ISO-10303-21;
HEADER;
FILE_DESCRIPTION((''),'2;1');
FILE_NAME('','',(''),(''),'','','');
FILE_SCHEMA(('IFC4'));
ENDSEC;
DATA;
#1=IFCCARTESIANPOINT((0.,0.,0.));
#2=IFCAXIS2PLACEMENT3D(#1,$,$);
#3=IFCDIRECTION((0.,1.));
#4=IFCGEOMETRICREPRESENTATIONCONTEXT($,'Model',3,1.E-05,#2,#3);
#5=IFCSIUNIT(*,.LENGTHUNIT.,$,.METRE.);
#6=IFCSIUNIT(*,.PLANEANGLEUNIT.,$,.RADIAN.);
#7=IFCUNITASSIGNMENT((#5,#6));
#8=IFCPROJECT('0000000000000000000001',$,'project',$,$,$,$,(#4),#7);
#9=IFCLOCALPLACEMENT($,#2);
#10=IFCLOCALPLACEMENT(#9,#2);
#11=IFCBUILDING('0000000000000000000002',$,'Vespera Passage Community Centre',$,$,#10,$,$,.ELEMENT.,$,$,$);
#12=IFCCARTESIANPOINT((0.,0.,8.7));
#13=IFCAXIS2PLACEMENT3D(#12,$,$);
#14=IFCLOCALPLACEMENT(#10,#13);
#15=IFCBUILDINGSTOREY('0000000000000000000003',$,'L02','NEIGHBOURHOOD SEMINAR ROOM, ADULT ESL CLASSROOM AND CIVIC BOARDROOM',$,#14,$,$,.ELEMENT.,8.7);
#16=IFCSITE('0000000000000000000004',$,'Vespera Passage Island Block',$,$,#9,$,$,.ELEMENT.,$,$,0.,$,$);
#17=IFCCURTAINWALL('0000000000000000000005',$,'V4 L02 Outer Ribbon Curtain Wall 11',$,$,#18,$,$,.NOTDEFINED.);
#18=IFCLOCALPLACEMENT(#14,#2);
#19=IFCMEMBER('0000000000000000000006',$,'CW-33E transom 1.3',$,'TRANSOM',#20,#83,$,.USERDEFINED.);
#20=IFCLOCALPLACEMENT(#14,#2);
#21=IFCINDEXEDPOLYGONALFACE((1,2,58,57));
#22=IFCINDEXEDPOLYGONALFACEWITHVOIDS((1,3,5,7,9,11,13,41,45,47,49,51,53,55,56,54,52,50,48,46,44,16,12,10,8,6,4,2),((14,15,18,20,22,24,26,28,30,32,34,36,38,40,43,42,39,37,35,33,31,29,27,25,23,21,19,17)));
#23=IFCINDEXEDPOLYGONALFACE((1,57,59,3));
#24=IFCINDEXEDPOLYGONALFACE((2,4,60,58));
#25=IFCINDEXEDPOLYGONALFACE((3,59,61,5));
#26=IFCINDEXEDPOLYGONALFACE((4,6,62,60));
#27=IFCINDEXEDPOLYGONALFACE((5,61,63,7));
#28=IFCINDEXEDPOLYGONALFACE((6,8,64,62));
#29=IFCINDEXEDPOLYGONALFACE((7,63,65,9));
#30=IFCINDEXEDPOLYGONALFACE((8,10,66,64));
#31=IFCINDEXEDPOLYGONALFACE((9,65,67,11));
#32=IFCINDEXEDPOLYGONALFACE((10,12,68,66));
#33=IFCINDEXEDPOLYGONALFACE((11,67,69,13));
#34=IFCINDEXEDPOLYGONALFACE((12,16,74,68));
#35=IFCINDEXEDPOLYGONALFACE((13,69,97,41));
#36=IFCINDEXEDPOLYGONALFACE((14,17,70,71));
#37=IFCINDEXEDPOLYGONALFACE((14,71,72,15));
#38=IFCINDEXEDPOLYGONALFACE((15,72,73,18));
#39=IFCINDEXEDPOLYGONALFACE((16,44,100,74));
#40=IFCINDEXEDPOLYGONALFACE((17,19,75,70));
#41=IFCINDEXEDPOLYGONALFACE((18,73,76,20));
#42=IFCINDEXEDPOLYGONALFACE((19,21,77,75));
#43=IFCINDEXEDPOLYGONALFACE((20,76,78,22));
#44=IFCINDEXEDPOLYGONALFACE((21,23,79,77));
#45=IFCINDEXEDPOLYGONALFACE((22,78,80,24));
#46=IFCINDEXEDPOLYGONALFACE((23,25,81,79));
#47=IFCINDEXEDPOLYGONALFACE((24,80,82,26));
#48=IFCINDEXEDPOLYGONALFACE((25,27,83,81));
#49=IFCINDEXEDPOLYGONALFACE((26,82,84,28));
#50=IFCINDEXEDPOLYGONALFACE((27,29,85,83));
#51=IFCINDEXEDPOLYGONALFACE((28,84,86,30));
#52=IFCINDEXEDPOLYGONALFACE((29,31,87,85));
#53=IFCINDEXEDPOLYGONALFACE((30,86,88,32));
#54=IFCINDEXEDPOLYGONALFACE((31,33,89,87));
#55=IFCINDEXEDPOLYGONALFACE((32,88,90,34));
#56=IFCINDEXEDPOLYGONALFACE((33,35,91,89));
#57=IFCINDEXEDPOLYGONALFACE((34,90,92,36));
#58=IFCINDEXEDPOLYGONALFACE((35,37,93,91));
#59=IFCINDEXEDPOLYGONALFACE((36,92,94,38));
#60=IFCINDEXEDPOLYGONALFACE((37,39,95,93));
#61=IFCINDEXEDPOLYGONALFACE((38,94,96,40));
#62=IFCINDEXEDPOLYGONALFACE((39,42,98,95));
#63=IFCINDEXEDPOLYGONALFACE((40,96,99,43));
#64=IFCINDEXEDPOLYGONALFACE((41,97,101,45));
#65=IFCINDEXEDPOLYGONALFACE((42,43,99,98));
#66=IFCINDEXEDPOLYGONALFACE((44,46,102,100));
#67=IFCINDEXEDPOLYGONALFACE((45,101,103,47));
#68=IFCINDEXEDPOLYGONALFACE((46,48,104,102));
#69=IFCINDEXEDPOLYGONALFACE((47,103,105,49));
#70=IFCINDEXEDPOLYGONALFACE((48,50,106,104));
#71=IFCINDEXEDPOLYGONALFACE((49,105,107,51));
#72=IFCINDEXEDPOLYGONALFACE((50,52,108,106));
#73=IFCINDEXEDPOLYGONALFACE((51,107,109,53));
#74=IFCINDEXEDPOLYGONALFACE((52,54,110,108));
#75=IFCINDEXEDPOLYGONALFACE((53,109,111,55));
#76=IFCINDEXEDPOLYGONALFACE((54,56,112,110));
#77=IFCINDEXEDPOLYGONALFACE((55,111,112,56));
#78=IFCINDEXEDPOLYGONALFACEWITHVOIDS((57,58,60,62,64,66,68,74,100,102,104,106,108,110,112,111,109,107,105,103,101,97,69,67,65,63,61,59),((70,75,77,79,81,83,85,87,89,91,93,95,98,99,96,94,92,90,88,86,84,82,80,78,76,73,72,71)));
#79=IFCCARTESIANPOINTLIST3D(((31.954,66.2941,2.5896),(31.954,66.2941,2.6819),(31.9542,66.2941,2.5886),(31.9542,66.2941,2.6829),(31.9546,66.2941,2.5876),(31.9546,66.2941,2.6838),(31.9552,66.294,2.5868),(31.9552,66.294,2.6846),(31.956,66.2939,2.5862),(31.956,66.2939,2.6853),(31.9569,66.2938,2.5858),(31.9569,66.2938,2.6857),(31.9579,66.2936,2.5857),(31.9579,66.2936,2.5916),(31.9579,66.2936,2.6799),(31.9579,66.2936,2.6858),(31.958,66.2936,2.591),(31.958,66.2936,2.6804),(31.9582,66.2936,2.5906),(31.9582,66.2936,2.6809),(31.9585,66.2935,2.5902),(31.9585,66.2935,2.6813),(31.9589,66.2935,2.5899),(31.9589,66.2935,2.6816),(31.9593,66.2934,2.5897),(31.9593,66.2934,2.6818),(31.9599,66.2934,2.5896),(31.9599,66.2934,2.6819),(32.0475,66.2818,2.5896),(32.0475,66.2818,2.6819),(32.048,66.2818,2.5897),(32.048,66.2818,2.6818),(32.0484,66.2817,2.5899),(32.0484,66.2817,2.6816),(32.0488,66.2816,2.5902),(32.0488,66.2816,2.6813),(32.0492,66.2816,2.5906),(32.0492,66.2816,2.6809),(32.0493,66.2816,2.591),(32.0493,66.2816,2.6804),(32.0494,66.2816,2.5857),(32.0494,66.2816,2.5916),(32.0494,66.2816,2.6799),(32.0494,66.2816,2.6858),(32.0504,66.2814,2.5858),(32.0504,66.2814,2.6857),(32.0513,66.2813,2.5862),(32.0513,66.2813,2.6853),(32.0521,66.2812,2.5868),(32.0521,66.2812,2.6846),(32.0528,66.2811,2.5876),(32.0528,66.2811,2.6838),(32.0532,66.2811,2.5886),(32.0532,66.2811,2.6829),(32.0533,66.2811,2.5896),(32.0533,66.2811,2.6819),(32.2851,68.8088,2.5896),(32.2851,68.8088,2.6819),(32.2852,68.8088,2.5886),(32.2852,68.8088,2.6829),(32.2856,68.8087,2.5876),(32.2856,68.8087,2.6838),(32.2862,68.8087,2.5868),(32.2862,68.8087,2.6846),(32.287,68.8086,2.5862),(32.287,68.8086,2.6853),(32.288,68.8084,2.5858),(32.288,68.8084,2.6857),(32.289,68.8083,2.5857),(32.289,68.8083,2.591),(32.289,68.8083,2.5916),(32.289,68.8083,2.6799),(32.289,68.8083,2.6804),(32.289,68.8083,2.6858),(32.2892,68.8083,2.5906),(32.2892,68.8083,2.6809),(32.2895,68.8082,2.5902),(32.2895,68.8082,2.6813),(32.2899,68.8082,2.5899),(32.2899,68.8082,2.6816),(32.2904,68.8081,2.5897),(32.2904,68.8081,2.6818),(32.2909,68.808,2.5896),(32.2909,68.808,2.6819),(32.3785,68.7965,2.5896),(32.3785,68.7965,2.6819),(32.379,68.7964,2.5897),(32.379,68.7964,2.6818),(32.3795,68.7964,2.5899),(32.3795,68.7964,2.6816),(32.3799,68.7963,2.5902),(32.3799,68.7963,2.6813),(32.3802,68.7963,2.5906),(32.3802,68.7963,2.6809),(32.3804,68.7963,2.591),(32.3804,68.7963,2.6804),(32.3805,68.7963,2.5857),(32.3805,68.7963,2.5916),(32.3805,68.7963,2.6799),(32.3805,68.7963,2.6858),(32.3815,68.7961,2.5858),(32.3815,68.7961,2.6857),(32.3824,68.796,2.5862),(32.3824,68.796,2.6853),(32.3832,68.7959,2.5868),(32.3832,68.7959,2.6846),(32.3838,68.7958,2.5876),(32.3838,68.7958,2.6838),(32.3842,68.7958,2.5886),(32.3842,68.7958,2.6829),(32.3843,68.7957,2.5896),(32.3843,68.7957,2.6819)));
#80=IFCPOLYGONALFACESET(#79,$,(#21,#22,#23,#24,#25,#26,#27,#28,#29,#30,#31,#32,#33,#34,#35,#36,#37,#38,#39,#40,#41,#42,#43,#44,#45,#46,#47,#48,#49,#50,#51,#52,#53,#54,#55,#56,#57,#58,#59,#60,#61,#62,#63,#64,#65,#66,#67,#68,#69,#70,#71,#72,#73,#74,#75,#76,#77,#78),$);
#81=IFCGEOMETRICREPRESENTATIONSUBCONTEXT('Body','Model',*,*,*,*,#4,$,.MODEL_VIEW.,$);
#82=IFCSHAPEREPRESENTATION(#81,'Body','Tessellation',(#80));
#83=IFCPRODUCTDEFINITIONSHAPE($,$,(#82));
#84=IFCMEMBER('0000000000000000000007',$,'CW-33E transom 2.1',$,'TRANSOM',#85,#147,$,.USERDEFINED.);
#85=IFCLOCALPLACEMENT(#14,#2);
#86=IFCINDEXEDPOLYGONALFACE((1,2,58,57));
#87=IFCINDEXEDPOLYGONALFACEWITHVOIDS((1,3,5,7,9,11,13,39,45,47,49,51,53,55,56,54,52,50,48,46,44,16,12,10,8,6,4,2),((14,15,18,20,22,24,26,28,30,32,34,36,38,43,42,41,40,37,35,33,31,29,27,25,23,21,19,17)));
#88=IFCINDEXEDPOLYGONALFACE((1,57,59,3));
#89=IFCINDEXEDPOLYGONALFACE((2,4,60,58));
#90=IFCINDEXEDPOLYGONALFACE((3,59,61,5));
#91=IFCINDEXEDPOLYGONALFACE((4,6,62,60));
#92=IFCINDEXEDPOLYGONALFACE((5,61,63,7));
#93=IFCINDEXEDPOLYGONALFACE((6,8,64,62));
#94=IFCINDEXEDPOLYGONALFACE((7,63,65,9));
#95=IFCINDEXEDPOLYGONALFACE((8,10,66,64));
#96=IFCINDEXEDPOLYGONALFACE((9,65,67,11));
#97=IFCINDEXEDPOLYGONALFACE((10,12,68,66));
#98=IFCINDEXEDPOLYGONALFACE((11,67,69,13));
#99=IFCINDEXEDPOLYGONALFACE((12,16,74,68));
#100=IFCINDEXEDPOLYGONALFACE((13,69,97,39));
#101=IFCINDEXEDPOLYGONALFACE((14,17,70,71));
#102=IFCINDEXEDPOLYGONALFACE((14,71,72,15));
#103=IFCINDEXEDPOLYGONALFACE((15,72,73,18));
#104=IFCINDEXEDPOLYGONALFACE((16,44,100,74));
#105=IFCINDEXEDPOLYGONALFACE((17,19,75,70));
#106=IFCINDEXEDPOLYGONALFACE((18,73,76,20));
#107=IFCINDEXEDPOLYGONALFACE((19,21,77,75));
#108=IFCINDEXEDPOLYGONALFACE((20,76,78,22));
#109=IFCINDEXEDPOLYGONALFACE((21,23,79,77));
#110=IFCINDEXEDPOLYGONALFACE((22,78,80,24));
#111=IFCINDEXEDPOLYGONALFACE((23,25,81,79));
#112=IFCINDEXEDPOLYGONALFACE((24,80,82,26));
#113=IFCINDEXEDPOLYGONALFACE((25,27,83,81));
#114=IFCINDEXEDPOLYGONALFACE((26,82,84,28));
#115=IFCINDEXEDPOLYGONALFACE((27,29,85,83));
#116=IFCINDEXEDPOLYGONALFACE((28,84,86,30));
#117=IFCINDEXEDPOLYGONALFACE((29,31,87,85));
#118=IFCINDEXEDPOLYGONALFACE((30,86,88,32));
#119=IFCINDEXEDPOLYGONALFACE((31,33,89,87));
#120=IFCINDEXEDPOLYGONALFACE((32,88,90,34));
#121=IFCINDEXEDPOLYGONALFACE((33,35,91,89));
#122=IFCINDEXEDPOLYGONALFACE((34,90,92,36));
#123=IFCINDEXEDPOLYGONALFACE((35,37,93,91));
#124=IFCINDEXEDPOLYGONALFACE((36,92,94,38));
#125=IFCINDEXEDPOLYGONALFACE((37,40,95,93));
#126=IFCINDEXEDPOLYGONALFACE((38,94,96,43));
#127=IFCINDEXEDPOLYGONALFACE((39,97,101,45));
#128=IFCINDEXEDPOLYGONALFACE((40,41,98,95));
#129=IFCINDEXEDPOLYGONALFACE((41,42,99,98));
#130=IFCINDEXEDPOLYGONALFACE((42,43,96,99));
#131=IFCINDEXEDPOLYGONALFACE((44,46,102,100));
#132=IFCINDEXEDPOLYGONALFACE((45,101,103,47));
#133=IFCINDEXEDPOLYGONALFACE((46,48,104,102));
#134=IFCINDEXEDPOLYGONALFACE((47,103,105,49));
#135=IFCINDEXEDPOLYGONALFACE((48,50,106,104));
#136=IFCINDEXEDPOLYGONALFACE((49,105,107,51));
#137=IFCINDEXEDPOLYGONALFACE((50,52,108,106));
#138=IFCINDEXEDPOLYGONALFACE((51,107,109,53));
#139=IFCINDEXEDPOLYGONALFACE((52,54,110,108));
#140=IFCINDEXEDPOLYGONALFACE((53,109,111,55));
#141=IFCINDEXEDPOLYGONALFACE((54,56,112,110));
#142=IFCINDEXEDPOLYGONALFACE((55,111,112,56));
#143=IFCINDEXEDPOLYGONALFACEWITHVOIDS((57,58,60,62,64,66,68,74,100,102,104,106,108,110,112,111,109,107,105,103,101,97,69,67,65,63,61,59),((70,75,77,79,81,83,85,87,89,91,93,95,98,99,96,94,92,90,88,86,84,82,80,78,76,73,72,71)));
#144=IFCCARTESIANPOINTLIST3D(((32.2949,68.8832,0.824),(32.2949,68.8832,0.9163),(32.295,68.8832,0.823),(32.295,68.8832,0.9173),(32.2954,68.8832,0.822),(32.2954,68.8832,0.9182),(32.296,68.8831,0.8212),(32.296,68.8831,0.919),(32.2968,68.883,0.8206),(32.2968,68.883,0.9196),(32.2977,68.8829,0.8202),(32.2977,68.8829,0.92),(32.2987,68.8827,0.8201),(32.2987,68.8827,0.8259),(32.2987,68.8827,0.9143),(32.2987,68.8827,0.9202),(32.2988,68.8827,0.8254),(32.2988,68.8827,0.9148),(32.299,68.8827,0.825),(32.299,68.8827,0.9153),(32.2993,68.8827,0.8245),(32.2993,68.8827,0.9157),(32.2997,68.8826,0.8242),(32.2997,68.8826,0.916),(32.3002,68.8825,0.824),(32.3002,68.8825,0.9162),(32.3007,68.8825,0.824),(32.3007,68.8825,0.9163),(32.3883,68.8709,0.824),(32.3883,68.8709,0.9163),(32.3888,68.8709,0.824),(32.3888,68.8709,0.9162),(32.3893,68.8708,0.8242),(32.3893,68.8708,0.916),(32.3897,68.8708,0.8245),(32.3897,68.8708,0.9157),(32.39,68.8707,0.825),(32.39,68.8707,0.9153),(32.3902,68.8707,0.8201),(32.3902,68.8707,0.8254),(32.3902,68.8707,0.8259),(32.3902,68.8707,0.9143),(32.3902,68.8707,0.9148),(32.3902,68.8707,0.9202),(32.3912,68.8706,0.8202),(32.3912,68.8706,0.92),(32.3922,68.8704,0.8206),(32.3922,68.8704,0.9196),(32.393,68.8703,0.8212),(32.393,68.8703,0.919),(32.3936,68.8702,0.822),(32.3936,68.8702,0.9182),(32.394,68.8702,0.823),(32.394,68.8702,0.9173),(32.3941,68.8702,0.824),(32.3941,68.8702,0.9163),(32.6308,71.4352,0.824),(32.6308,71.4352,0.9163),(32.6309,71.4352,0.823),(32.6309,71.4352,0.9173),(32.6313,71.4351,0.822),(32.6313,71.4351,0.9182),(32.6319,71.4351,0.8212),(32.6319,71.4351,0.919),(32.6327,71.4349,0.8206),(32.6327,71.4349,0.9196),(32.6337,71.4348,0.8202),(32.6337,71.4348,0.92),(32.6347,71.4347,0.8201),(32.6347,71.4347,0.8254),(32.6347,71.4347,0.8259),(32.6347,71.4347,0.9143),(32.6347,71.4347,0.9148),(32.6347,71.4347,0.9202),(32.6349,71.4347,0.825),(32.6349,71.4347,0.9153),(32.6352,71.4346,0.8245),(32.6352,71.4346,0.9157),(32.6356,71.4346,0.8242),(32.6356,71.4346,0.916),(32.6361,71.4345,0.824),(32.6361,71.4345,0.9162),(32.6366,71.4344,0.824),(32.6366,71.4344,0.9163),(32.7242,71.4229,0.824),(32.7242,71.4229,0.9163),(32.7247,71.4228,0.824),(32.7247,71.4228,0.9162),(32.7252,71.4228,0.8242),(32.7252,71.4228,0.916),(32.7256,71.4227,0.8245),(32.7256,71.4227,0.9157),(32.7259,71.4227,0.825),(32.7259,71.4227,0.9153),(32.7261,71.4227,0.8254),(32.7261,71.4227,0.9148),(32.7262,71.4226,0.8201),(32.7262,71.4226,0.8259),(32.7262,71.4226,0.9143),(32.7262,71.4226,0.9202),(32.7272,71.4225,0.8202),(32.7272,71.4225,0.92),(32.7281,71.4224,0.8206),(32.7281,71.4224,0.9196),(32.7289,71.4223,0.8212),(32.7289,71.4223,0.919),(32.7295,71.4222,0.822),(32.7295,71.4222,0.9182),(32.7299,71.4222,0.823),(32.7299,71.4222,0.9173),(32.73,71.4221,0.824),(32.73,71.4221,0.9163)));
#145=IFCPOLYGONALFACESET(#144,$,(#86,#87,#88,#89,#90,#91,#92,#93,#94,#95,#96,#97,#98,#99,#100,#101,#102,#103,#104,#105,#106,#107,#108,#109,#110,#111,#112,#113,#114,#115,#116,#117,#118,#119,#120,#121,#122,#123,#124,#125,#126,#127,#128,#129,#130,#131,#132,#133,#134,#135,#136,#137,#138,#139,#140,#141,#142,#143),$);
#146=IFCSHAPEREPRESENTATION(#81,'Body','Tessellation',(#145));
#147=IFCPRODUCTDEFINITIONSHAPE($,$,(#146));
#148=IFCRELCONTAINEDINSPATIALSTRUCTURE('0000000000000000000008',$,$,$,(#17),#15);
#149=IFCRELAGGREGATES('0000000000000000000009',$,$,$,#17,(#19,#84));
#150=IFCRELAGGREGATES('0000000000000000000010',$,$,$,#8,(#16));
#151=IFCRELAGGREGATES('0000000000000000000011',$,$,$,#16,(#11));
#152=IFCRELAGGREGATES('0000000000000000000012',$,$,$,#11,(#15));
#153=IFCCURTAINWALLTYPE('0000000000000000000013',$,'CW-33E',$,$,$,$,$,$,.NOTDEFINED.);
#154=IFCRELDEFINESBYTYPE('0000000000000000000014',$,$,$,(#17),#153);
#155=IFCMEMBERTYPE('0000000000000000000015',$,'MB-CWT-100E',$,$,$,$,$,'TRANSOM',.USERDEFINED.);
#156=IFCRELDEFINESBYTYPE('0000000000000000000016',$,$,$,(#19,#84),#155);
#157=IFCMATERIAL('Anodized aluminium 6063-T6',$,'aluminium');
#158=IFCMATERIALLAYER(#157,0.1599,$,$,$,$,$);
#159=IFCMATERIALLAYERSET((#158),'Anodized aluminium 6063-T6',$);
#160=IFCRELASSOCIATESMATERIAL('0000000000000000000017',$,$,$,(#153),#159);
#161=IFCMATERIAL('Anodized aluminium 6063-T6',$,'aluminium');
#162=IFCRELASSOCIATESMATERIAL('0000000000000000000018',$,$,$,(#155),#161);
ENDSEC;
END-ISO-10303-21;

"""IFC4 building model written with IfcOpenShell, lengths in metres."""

from ifc_helpers import new_model, si_unit, direction, frame, origin, origin_2d, place, context, subcontext, project, spatial, hollow_rectangle, extrude, material, layer, layer_set, material_profile, profile_set, type_object, element, aggregate, save


model = new_model("IFC4")

# Units and contexts
model_context = context("Model", 3, precision=1e-05, world=origin(), true_north=direction((0.0, 1.0)))
body_context = subcontext(model_context, "Body", "Model", "MODEL_VIEW")
ifc_project = project(units=[si_unit("LENGTHUNIT", "METRE"), si_unit("PLANEANGLEUNIT", "RADIAN")], contexts=[model_context])

# Site, building, storey
site_placement = place(None, origin())
site = spatial("IfcSite", under=ifc_project, at=site_placement, Name="Vespera Passage Island Block", CompositionType="ELEMENT", RefElevation=0.0)
building_placement = place(site_placement, origin())
building = spatial("IfcBuilding", under=site, at=building_placement, Name="Vespera Passage Community Centre", CompositionType="ELEMENT")
storey_placement = place(building_placement, frame((0.0, 0.0, 8.7)))
storey = spatial("IfcBuildingStorey", under=building, at=storey_placement, Name="L02", Description="NEIGHBOURHOOD SEMINAR ROOM, ADULT ESL CLASSROOM AND CIVIC BOARDROOM", CompositionType="ELEMENT", Elevation=8.7)

# Curtain wall, members
ifc_material_1 = material(Name="Anodized aluminium 6063-T6", Category="aluminium")
ifc_layer_1 = layer(ifc_material_1, 0.1599)
ifc_layer_set_1 = layer_set([ifc_layer_1], Name="Anodized aluminium 6063-T6")
curtain_wall_type_1 = type_object("IfcCurtainWallType", Name="CW-33E", PredefinedType="NOTDEFINED", material=ifc_layer_set_1)
curtain_wall_1_placement = place(storey_placement, origin())
curtain_wall_1 = element("IfcCurtainWall", 1, at=curtain_wall_1_placement, inside=storey, type_object=curtain_wall_type_1, Name="V4 L02 Outer Ribbon Curtain Wall 11", PredefinedType="NOTDEFINED")
ifc_material_2 = material(Name="Anodized aluminium 6063-T6", Category="aluminium")
ifc_material_profile_1 = material_profile(ifc_material_2, hollow_rectangle(XDim=0.1001, YDim=0.1001, WallThickness=0.0039, InnerFilletRadius=0.002, OuterFilletRadius=0.0039, at=origin_2d()), Name="ALU100X100X4")
ifc_profile_set_1 = profile_set([ifc_material_profile_1], Name="Anodized aluminium 6063-T6")
member_type_1 = type_object("IfcMemberType", Name="MB-CWT-100E", ElementType="TRANSOM", PredefinedType="USERDEFINED", material=ifc_profile_set_1)
member_1_placement = place(storey_placement, frame((32.0037, 66.2876, 2.6357), z_axis=(0.130524, 0.991445, 0.0), x_axis=(-0.991445, 0.130524, 0.0)))
member_1 = element("IfcMember", 2, at=member_1_placement, type_object=member_type_1, Name="CW-33E transom 1.3", ObjectType="TRANSOM", PredefinedType="USERDEFINED", context=body_context, shape_type="SweptSolid", body=[
    extrude(hollow_rectangle(XDim=0.1001, YDim=0.1001, WallThickness=0.0039, InnerFilletRadius=0.002, OuterFilletRadius=0.0039, at=origin_2d()), origin(), (0.0, 0.0, 1.0), 2.5364),
])
member_2_placement = place(storey_placement, frame((32.3445, 68.8767, 0.8701), z_axis=(0.130511, 0.991447, 0.0), x_axis=(-0.991447, 0.130511, 0.0)))
member_2 = element("IfcMember", 3, at=member_2_placement, type_object=member_type_1, Name="CW-33E transom 2.1", ObjectType="TRANSOM", PredefinedType="USERDEFINED", context=body_context, shape_type="SweptSolid", body=[
    extrude(hollow_rectangle(XDim=0.1001, YDim=0.1001, WallThickness=0.0039, InnerFilletRadius=0.002, OuterFilletRadius=0.0039, at=origin_2d()), origin(), (0.0, 0.0, 1.0), 2.574),
])

aggregate(curtain_wall_1, [member_1, member_2])

save(model, "model.ifc")
